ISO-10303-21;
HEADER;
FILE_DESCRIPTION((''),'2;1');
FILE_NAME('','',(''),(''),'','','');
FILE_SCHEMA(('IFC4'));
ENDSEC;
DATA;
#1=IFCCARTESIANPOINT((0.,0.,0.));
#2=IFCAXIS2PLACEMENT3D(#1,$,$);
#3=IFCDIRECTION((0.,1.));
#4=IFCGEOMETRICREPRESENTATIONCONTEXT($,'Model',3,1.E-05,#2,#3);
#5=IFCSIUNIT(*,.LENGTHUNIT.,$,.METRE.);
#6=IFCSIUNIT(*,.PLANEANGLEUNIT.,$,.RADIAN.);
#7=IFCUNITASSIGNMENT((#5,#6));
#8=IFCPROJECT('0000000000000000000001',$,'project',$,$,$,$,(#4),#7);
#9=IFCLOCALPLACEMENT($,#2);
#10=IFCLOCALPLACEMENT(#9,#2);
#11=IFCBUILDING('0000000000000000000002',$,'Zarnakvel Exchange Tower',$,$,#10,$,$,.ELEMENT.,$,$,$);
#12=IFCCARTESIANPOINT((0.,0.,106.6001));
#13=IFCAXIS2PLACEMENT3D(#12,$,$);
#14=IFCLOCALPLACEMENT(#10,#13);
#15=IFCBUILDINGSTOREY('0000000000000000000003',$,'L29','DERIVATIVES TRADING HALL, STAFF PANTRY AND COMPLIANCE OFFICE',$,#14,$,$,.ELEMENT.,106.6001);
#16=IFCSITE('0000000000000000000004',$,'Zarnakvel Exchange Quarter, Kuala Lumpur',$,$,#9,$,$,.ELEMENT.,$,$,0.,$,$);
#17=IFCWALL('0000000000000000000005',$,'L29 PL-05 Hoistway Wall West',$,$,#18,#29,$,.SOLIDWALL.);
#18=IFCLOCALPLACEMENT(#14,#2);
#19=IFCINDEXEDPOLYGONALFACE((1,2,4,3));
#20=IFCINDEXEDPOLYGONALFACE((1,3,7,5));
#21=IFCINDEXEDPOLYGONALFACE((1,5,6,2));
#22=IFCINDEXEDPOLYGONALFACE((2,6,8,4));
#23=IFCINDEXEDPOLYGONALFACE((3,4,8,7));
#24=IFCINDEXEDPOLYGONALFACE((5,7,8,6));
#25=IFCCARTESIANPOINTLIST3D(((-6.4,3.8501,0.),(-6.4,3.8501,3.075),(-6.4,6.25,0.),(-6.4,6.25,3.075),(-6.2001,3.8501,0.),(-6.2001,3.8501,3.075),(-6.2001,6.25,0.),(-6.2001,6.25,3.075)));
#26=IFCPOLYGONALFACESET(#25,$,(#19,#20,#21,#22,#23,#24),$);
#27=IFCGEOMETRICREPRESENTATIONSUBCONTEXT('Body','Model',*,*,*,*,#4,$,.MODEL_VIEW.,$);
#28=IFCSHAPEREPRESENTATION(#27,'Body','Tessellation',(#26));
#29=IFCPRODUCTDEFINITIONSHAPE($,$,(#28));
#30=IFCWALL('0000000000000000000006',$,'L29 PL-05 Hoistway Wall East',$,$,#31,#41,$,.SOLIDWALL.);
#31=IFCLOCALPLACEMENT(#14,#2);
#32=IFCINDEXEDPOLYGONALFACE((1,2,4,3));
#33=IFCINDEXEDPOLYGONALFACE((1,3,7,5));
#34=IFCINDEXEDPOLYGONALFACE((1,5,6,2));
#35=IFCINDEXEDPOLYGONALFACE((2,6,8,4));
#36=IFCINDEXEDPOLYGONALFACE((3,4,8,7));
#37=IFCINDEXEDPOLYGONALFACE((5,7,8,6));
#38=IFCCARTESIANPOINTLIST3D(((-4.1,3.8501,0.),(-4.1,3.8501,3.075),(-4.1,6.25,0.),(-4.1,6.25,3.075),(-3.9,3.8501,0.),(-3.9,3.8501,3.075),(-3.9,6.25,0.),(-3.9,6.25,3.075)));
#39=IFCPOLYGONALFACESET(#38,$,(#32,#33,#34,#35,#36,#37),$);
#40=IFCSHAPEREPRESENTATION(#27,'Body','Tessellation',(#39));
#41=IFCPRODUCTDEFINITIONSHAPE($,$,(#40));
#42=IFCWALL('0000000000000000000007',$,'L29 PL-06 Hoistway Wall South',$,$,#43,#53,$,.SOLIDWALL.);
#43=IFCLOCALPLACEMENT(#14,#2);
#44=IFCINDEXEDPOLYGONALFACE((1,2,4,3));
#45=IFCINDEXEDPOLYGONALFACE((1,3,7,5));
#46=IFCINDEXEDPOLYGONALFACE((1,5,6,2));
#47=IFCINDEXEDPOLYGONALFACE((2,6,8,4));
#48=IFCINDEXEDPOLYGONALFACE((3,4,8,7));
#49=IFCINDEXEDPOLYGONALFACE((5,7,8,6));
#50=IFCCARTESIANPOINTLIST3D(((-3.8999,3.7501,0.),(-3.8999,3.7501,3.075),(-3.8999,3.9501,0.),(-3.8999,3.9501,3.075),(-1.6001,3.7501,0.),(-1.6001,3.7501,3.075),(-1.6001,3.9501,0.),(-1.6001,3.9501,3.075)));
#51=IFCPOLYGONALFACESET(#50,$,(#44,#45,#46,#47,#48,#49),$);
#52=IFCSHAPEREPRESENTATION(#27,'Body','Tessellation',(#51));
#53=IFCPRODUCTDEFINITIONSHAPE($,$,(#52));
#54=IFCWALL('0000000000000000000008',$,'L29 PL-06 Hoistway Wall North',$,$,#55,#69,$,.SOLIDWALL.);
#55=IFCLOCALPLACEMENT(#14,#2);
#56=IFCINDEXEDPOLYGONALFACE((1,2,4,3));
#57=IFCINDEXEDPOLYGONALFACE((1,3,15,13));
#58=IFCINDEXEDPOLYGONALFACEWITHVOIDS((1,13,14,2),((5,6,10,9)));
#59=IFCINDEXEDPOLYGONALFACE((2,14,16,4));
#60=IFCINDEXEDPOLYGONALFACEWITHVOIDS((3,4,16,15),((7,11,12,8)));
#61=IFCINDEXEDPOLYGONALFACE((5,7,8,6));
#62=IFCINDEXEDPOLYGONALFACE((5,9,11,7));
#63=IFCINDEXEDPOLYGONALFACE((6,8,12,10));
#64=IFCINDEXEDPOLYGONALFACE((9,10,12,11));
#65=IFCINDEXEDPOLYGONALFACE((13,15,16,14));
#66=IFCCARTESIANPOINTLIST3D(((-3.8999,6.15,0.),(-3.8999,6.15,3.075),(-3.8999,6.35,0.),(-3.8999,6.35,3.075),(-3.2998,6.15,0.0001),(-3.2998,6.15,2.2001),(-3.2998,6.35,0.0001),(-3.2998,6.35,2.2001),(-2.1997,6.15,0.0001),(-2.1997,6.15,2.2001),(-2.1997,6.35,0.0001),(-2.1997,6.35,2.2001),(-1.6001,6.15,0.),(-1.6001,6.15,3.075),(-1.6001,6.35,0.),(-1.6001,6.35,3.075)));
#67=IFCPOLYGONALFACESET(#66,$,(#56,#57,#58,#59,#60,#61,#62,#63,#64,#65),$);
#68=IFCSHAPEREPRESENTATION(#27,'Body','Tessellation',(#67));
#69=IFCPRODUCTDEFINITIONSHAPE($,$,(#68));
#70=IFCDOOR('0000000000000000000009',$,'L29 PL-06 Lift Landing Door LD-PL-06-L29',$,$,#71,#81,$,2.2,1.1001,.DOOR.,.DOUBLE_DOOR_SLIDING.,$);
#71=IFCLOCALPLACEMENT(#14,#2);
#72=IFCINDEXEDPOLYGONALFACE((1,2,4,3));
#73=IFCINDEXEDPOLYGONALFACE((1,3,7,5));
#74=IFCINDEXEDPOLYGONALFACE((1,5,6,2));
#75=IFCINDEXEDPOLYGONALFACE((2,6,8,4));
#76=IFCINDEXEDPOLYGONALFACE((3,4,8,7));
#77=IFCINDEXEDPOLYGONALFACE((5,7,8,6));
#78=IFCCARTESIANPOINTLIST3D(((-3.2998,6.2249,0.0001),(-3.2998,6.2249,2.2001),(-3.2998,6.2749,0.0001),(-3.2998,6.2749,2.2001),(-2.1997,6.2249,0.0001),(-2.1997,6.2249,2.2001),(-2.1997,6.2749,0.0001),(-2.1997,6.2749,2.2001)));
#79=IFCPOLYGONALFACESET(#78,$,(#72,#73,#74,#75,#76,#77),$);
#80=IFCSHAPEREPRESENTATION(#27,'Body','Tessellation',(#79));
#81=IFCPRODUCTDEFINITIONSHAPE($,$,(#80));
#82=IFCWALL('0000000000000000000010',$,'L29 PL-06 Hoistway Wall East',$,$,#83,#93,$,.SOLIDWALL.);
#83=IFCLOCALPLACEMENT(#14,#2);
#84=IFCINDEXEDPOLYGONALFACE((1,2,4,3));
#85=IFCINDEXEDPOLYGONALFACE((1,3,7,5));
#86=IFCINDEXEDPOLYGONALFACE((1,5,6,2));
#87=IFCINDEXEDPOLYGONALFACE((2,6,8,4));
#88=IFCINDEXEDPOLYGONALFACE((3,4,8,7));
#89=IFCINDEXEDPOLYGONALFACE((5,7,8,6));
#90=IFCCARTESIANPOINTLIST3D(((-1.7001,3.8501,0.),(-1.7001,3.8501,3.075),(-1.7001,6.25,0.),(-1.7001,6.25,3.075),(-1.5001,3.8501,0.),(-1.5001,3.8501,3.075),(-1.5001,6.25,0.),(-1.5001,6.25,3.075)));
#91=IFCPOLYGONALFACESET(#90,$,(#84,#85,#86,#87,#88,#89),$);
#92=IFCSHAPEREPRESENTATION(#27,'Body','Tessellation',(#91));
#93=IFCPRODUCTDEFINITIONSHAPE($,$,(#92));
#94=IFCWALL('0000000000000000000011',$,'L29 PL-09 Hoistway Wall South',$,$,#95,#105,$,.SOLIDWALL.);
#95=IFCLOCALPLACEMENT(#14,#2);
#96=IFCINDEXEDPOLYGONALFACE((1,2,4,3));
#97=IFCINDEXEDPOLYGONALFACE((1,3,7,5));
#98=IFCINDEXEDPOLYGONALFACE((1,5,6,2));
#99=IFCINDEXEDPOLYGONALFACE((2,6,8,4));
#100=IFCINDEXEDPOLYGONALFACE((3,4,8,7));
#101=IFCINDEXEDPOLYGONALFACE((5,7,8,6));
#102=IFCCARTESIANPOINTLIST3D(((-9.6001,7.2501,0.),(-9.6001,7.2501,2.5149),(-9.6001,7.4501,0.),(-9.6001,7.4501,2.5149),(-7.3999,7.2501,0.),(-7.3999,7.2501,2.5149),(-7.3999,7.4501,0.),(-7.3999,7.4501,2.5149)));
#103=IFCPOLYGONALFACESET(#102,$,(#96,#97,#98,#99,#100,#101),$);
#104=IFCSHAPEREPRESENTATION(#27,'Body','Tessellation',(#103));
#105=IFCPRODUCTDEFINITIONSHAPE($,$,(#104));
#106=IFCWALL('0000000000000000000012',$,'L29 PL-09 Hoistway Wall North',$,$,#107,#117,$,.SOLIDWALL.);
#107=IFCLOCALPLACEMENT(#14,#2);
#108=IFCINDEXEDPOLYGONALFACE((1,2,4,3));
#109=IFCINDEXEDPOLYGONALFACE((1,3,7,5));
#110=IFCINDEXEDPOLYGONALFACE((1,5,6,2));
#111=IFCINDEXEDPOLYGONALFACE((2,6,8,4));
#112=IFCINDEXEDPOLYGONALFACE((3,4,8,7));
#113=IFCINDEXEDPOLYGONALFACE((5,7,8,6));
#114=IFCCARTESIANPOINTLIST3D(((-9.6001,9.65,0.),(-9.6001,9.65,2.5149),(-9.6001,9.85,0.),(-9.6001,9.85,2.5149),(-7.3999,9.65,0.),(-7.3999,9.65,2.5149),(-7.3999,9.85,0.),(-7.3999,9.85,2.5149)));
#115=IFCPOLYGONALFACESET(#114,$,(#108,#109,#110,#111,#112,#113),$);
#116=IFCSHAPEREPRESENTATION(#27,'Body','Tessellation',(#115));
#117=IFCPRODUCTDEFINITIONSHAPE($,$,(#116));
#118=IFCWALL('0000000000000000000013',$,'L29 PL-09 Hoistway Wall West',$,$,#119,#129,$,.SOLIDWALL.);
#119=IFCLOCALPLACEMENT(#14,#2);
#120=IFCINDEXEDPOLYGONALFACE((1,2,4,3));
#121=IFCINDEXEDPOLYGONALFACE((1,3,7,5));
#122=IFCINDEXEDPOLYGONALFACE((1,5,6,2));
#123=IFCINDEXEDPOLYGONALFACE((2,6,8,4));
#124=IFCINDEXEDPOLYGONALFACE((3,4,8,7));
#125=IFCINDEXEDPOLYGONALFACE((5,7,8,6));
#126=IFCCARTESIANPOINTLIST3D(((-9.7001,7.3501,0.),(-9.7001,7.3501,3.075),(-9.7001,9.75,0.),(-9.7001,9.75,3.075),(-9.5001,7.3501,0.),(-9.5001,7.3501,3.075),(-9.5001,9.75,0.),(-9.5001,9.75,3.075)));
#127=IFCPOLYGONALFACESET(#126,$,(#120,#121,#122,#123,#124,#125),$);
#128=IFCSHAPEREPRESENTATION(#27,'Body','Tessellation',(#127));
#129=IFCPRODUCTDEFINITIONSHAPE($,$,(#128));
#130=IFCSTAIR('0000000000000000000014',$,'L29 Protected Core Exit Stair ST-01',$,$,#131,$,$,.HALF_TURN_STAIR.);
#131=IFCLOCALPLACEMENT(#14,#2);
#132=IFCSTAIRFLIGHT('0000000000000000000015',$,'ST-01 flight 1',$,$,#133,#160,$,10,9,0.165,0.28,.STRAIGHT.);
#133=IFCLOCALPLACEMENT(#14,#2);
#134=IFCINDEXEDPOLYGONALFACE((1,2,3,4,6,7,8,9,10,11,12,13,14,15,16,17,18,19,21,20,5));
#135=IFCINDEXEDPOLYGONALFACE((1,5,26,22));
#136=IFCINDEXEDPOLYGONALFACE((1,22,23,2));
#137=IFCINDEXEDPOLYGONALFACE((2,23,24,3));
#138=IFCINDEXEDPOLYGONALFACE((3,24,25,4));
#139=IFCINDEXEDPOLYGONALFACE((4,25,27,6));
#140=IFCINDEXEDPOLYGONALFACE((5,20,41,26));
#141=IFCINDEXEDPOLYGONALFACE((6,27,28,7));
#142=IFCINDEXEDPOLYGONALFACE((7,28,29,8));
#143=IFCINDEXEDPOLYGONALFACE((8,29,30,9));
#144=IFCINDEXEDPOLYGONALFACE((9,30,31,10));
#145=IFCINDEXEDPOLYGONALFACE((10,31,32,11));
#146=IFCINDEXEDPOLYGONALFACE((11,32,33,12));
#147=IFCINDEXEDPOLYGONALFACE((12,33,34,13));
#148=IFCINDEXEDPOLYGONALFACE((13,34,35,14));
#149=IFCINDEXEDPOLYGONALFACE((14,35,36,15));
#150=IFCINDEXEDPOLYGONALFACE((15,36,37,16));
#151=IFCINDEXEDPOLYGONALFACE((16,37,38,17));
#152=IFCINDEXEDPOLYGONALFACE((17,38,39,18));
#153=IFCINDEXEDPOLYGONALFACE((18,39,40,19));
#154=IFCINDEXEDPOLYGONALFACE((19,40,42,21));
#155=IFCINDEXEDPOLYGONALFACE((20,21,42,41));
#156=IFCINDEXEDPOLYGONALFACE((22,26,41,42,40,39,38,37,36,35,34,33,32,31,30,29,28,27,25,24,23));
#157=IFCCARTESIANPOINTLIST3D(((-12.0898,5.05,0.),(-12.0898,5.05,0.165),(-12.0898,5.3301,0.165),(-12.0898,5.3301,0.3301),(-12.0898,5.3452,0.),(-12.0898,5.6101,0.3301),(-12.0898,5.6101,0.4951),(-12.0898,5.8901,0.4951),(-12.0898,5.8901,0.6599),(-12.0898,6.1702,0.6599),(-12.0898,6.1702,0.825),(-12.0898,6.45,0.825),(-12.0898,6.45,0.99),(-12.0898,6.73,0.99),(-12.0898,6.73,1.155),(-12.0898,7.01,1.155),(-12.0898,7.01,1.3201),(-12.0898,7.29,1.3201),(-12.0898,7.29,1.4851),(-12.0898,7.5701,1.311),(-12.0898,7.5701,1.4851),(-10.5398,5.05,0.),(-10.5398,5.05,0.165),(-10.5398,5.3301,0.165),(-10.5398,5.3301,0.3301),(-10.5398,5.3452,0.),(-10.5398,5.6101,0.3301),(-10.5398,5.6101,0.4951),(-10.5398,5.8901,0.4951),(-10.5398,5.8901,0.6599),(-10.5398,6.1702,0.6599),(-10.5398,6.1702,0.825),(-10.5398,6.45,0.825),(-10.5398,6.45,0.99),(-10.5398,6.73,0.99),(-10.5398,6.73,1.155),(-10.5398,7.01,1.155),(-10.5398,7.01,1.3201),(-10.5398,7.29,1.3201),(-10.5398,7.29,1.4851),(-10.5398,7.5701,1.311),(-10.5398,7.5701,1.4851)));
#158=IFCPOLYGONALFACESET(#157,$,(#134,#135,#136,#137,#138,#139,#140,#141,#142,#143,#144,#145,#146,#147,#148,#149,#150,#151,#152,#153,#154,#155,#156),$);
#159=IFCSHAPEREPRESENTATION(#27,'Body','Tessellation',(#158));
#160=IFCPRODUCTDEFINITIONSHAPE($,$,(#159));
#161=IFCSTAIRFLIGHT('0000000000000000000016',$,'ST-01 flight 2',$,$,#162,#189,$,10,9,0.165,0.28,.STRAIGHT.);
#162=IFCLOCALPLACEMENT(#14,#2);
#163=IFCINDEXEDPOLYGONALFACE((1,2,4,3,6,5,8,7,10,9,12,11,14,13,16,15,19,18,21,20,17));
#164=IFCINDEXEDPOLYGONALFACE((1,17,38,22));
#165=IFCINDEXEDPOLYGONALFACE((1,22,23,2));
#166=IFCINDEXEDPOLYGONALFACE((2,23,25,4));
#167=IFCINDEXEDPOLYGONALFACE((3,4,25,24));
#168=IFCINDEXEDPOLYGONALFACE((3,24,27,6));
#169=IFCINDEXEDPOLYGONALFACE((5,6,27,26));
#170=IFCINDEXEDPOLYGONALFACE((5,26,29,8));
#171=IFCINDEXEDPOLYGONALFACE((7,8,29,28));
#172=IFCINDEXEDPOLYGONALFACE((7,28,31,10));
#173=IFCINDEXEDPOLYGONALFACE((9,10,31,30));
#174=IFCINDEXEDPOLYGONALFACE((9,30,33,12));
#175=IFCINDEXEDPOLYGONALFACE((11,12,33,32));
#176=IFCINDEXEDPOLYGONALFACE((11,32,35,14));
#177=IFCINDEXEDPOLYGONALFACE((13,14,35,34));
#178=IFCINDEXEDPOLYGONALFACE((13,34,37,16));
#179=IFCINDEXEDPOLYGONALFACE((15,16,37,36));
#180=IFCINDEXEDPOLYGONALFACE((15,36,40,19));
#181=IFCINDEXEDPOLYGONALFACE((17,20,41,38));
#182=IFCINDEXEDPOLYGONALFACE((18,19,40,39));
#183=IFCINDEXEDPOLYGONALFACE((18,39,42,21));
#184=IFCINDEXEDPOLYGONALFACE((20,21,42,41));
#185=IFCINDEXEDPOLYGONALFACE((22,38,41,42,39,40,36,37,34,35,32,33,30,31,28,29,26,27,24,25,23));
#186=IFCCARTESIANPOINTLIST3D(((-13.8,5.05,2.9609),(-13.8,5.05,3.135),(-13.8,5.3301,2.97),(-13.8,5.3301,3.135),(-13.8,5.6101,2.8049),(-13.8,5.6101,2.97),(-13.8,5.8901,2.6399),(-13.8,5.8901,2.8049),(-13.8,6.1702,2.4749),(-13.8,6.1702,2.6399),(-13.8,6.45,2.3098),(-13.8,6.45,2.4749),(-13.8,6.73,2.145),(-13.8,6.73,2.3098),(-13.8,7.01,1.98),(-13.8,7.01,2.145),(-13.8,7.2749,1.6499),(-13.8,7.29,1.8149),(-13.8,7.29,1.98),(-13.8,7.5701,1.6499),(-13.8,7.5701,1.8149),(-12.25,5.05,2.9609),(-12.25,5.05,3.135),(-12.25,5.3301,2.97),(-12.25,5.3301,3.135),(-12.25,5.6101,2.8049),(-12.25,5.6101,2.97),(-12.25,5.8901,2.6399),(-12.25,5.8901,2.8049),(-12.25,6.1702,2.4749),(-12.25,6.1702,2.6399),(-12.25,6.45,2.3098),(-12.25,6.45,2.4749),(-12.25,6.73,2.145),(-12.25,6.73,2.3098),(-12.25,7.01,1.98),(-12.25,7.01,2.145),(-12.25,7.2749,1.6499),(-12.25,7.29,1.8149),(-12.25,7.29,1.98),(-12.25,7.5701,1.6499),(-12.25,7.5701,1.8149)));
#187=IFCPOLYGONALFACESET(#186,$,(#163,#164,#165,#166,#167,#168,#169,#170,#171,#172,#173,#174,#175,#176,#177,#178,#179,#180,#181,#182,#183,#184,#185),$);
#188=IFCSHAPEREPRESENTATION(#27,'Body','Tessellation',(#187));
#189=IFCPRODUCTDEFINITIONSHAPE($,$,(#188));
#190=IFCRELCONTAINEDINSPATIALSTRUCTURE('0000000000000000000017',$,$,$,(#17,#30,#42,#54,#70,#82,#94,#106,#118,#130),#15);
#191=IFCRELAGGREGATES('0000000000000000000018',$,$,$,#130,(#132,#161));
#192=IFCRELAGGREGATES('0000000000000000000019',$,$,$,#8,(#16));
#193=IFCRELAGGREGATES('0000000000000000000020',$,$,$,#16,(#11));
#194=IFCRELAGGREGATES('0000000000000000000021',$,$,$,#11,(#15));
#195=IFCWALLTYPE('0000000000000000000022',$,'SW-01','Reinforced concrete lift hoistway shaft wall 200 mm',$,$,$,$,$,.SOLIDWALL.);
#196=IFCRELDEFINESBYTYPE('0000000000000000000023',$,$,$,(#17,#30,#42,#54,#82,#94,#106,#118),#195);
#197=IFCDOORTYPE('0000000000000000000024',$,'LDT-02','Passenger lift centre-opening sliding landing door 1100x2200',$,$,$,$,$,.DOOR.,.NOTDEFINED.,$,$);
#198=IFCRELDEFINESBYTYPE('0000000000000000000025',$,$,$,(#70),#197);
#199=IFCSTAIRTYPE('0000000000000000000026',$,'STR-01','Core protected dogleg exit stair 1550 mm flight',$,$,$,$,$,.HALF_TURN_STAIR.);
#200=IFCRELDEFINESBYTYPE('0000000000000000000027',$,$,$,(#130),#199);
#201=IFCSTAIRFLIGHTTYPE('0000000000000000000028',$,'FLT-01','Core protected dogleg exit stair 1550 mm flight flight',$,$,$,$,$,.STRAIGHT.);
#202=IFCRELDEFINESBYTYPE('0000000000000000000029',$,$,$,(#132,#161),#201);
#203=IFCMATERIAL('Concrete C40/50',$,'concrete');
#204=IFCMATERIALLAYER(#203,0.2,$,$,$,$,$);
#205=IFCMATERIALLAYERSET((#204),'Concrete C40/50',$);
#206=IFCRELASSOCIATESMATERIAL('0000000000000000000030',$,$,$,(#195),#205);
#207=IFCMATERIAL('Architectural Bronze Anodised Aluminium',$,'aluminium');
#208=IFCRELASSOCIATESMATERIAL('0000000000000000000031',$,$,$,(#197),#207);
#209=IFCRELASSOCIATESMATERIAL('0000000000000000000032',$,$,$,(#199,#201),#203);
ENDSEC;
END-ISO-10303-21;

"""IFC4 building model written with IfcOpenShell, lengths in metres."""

from ifc_helpers import new_model, si_unit, direction, frame, frame_2d, origin, place, context, subcontext, project, spatial, polyline, rectangle, outline, extrude, source, transform, mapped, material, layer, layer_set, type_object, element, fill, aggregate, save


model = new_model("IFC4")

# Units and contexts
model_context = context("Model", 3, precision=1e-05, world=origin(), true_north=direction((0.0, 1.0)))
body_context = subcontext(model_context, "Body", "Model", "MODEL_VIEW")
ifc_project = project(units=[si_unit("LENGTHUNIT", "METRE"), si_unit("PLANEANGLEUNIT", "RADIAN")], contexts=[model_context])

# Site, building, storey
site_placement = place(None, origin())
site = spatial("IfcSite", under=ifc_project, at=site_placement, Name="Zarnakvel Exchange Quarter, Kuala Lumpur", CompositionType="ELEMENT", RefElevation=0.0)
building_placement = place(site_placement, origin())
building = spatial("IfcBuilding", under=site, at=building_placement, Name="Zarnakvel Exchange Tower", CompositionType="ELEMENT")
storey_placement = place(building_placement, frame((0.0, 0.0, 106.6001)))
storey = spatial("IfcBuildingStorey", under=building, at=storey_placement, Name="L29", Description="DERIVATIVES TRADING HALL, STAFF PANTRY AND COMPLIANCE OFFICE", CompositionType="ELEMENT", Elevation=106.6001)

# Shared definitions
ifc_material_1 = material(Name="Concrete C40/50", Category="concrete")
ifc_layer_1 = layer(ifc_material_1, 0.2)
ifc_layer_set_1 = layer_set([ifc_layer_1], Name="Concrete C40/50")
wall_type_1 = type_object("IfcWallType", Name="SW-01", Description="Reinforced concrete lift hoistway shaft wall 200 mm", PredefinedType="SOLIDWALL", material=ifc_layer_set_1)
shared_shape_1 = source(origin(), body_context, "Body", "SweptSolid", [
    extrude(rectangle(XDim=1.1001, YDim=2.2, at=frame_2d((0.55, 1.1001))), frame((0.0, 0.0249, 0.0), z_axis=(0.0, -1.0, 0.0), x_axis=(1.0, 0.0, 0.0)), (0.0, 0.0, 1.0), 0.05),
])

# Shared definitions
ifc_material_2 = material(Name="Architectural Bronze Anodised Aluminium", Category="aluminium")
door_type_1 = type_object("IfcDoorType", Name="LDT-02", Description="Passenger lift centre-opening sliding landing door 1100x2200", OperationType="NOTDEFINED", PredefinedType="DOOR", material=ifc_material_2)

# Walls
for number, where, z_axis, x_axis, name in (
    (1, (-6.3, 3.8501, 0.0), (0.0, 0.0, 1.0), (0.0, 1.0, 0.0), "L29 PL-05 Hoistway Wall West"),
    (2, (-4.0, 6.25, 0.0), (0.0, 0.0, 1.0), (0.0, -1.0, 0.0), "L29 PL-05 Hoistway Wall East"),
):
    element("IfcWall", number, at=place(storey_placement, frame(where, z_axis=z_axis, x_axis=x_axis)), inside=storey, type_object=wall_type_1, Name=name, PredefinedType="SOLIDWALL", context=body_context, shape_type="SweptSolid", body=[
        extrude(rectangle(XDim=2.3999, YDim=0.2, at=frame_2d((1.2, 0.0))), origin(), (0.0, 0.0, 1.0), 3.075),
    ])
wall_1_placement = place(storey_placement, frame((-1.6001, 3.8501, 0.0), z_axis=(0.0, 0.0, 1.0), x_axis=(-1.0, 0.0, 0.0)))
element("IfcWall", 3, at=wall_1_placement, inside=storey, type_object=wall_type_1, Name="L29 PL-06 Hoistway Wall South", PredefinedType="SOLIDWALL", context=body_context, shape_type="SweptSolid", body=[
    extrude(rectangle(XDim=2.2998, YDim=0.2, at=frame_2d((1.1499, 0.0))), origin(), (0.0, 0.0, 1.0), 3.075),
])

# Wall, opening, door
wall_2_placement = place(storey_placement, frame((-3.8999, 6.25, 0.0), z_axis=(0.0, 0.0, 1.0), x_axis=(1.0, 0.0, 0.0)))
wall_2 = element("IfcWall", 4, at=wall_2_placement, inside=storey, type_object=wall_type_1, Name="L29 PL-06 Hoistway Wall North", PredefinedType="SOLIDWALL", context=body_context, shape_type="SweptSolid", body=[
    extrude(rectangle(XDim=2.2998, YDim=0.2, at=frame_2d((1.1499, 0.0))), origin(), (0.0, 0.0, 1.0), 3.075),
])
opening_1_placement = place(wall_2_placement, frame((0.6001, 0.0, 0.0)))
opening_1 = element("IfcOpeningElement", 5, at=opening_1_placement, cuts=wall_2, PredefinedType="OPENING", context=body_context, shape_type="SweptSolid", body=[
    extrude(rectangle(XDim=1.1001, YDim=2.2, at=frame_2d((0.55, 1.1001))), frame((0.0, 0.1099, 0.0), z_axis=(0.0, -1.0, 0.0), x_axis=(1.0, 0.0, 0.0)), (0.0, 0.0, 1.0), 0.22),
])
door_1_placement = place(opening_1_placement, origin())
door_1 = element("IfcDoor", 6, at=door_1_placement, inside=storey, type_object=door_type_1, Name="L29 PL-06 Lift Landing Door LD-PL-06-L29", OperationType="DOUBLE_DOOR_SLIDING", OverallHeight=2.2, OverallWidth=1.1001, PredefinedType="DOOR", context=body_context, shape_type="MappedRepresentation", body=[
    mapped(shared_shape_1, transform((0.0, 0.0, 0.0), x_axis=(1.0, 0.0, 0.0), y_axis=(0.0, 1.0, 0.0), z_axis=(0.0, 0.0, 1.0), scale=1.0)),
])
fill(opening_1, door_1)

# Walls
wall_3_placement = place(storey_placement, frame((-1.6001, 6.25, 0.0), z_axis=(0.0, 0.0, 1.0), x_axis=(0.0, -1.0, 0.0)))
element("IfcWall", 7, at=wall_3_placement, inside=storey, type_object=wall_type_1, Name="L29 PL-06 Hoistway Wall East", PredefinedType="SOLIDWALL", context=body_context, shape_type="SweptSolid", body=[
    extrude(rectangle(XDim=2.3999, YDim=0.2, at=frame_2d((1.2, 0.0))), origin(), (0.0, 0.0, 1.0), 3.075),
])
for number, where, z_axis, x_axis, name in (
    (8, (-7.3999, 7.3501, 0.0), (0.0, 0.0, 1.0), (-1.0, 0.0, 0.0), "L29 PL-09 Hoistway Wall South"),
    (9, (-9.6001, 9.75, 0.0), (0.0, 0.0, 1.0), (1.0, 0.0, 0.0), "L29 PL-09 Hoistway Wall North"),
):
    element("IfcWall", number, at=place(storey_placement, frame(where, z_axis=z_axis, x_axis=x_axis)), inside=storey, type_object=wall_type_1, Name=name, PredefinedType="SOLIDWALL", context=body_context, shape_type="SweptSolid", body=[
        extrude(rectangle(XDim=2.2002, YDim=0.2, at=frame_2d((1.1001, 0.0))), origin(), (0.0, 0.0, 1.0), 2.5149),
    ])
wall_4_placement = place(storey_placement, frame((-9.6001, 7.3501, 0.0), z_axis=(0.0, 0.0, 1.0), x_axis=(0.0, 1.0, 0.0)))
element("IfcWall", 10, at=wall_4_placement, inside=storey, type_object=wall_type_1, Name="L29 PL-09 Hoistway Wall West", PredefinedType="SOLIDWALL", context=body_context, shape_type="SweptSolid", body=[
    extrude(rectangle(XDim=2.3999, YDim=0.2, at=frame_2d((1.2, 0.0))), origin(), (0.0, 0.0, 1.0), 3.075),
])

# Stair, stair flights
stair_type = type_object("IfcStairType", Name="STR-01", Description="Core protected dogleg exit stair 1550 mm flight", PredefinedType="HALF_TURN_STAIR", material=ifc_material_1)
stair_placement = place(storey_placement, origin())
stair = element("IfcStair", 11, at=stair_placement, inside=storey, type_object=stair_type, Name="L29 Protected Core Exit Stair ST-01", PredefinedType="HALF_TURN_STAIR")
stair_flight_type = type_object("IfcStairFlightType", Name="FLT-01", Description="Core protected dogleg exit stair 1550 mm flight flight", PredefinedType="STRAIGHT", material=ifc_material_1)
stair_flight_1_placement = place(storey_placement, frame((-11.3149, 5.05, 0.0), z_axis=(0.0, 0.0, 1.0), x_axis=(0.0, 1.0, 0.0)))
stair_flight_1 = element("IfcStairFlight", 12, at=stair_flight_1_placement, type_object=stair_flight_type, Name="ST-01 flight 1", NumberOfRisers=10, NumberOfTreads=9, PredefinedType="STRAIGHT", RiserHeight=0.165, TreadLength=0.28, context=body_context, shape_type="SweptSolid", body=[
    extrude(outline(polyline([(0.0, 0.0), (0.0, 0.165), (0.28, 0.165), (0.28, 0.3301), (0.5601, 0.3301), (0.5601, 0.4951), (0.8401, 0.4951), (0.8401, 0.6599), (1.1201, 0.6599), (1.1201, 0.825), (1.3999, 0.825), (1.3999, 0.99), (1.6799, 0.99), (1.6799, 1.155), (1.96, 1.155), (1.96, 1.3201), (2.24, 1.3201), (2.24, 1.4851), (2.52, 1.4851), (2.52, 1.6499), (2.52, 1.311), (0.2952, 0.0), (0.0, 0.0)])), frame((0.0, 0.7749, 0.0), z_axis=(0.0, -1.0, 0.0), x_axis=(1.0, 0.0, 0.0)), (0.0, 0.0, 1.0), 1.55),
])
stair_flight_2_placement = place(storey_placement, frame((-13.0249, 7.5701, 1.6499), z_axis=(0.0, 0.0, 1.0), x_axis=(0.0, -1.0, 0.0)))
stair_flight_2 = element("IfcStairFlight", 13, at=stair_flight_2_placement, type_object=stair_flight_type, Name="ST-01 flight 2", NumberOfRisers=10, NumberOfTreads=9, PredefinedType="STRAIGHT", RiserHeight=0.165, TreadLength=0.28, context=body_context, shape_type="SweptSolid", body=[
    extrude(outline(polyline([(0.0, 0.0), (0.0, 0.165), (0.28, 0.165), (0.28, 0.3301), (0.5601, 0.3301), (0.5601, 0.4951), (0.8401, 0.4951), (0.8401, 0.6599), (1.1201, 0.6599), (1.1201, 0.825), (1.3999, 0.825), (1.3999, 0.99), (1.6799, 0.99), (1.6799, 1.155), (1.96, 1.155), (1.96, 1.3201), (2.24, 1.3201), (2.24, 1.4851), (2.52, 1.4851), (2.52, 1.6499), (2.52, 1.311), (0.2952, 0.0), (0.0, 0.0)])), frame((0.0, 0.7749, 0.0), z_axis=(0.0, -1.0, 0.0), x_axis=(1.0, 0.0, 0.0)), (0.0, 0.0, 1.0), 1.55),
])
aggregate(stair, [stair_flight_1, stair_flight_2])

save(model, "model.ifc")
